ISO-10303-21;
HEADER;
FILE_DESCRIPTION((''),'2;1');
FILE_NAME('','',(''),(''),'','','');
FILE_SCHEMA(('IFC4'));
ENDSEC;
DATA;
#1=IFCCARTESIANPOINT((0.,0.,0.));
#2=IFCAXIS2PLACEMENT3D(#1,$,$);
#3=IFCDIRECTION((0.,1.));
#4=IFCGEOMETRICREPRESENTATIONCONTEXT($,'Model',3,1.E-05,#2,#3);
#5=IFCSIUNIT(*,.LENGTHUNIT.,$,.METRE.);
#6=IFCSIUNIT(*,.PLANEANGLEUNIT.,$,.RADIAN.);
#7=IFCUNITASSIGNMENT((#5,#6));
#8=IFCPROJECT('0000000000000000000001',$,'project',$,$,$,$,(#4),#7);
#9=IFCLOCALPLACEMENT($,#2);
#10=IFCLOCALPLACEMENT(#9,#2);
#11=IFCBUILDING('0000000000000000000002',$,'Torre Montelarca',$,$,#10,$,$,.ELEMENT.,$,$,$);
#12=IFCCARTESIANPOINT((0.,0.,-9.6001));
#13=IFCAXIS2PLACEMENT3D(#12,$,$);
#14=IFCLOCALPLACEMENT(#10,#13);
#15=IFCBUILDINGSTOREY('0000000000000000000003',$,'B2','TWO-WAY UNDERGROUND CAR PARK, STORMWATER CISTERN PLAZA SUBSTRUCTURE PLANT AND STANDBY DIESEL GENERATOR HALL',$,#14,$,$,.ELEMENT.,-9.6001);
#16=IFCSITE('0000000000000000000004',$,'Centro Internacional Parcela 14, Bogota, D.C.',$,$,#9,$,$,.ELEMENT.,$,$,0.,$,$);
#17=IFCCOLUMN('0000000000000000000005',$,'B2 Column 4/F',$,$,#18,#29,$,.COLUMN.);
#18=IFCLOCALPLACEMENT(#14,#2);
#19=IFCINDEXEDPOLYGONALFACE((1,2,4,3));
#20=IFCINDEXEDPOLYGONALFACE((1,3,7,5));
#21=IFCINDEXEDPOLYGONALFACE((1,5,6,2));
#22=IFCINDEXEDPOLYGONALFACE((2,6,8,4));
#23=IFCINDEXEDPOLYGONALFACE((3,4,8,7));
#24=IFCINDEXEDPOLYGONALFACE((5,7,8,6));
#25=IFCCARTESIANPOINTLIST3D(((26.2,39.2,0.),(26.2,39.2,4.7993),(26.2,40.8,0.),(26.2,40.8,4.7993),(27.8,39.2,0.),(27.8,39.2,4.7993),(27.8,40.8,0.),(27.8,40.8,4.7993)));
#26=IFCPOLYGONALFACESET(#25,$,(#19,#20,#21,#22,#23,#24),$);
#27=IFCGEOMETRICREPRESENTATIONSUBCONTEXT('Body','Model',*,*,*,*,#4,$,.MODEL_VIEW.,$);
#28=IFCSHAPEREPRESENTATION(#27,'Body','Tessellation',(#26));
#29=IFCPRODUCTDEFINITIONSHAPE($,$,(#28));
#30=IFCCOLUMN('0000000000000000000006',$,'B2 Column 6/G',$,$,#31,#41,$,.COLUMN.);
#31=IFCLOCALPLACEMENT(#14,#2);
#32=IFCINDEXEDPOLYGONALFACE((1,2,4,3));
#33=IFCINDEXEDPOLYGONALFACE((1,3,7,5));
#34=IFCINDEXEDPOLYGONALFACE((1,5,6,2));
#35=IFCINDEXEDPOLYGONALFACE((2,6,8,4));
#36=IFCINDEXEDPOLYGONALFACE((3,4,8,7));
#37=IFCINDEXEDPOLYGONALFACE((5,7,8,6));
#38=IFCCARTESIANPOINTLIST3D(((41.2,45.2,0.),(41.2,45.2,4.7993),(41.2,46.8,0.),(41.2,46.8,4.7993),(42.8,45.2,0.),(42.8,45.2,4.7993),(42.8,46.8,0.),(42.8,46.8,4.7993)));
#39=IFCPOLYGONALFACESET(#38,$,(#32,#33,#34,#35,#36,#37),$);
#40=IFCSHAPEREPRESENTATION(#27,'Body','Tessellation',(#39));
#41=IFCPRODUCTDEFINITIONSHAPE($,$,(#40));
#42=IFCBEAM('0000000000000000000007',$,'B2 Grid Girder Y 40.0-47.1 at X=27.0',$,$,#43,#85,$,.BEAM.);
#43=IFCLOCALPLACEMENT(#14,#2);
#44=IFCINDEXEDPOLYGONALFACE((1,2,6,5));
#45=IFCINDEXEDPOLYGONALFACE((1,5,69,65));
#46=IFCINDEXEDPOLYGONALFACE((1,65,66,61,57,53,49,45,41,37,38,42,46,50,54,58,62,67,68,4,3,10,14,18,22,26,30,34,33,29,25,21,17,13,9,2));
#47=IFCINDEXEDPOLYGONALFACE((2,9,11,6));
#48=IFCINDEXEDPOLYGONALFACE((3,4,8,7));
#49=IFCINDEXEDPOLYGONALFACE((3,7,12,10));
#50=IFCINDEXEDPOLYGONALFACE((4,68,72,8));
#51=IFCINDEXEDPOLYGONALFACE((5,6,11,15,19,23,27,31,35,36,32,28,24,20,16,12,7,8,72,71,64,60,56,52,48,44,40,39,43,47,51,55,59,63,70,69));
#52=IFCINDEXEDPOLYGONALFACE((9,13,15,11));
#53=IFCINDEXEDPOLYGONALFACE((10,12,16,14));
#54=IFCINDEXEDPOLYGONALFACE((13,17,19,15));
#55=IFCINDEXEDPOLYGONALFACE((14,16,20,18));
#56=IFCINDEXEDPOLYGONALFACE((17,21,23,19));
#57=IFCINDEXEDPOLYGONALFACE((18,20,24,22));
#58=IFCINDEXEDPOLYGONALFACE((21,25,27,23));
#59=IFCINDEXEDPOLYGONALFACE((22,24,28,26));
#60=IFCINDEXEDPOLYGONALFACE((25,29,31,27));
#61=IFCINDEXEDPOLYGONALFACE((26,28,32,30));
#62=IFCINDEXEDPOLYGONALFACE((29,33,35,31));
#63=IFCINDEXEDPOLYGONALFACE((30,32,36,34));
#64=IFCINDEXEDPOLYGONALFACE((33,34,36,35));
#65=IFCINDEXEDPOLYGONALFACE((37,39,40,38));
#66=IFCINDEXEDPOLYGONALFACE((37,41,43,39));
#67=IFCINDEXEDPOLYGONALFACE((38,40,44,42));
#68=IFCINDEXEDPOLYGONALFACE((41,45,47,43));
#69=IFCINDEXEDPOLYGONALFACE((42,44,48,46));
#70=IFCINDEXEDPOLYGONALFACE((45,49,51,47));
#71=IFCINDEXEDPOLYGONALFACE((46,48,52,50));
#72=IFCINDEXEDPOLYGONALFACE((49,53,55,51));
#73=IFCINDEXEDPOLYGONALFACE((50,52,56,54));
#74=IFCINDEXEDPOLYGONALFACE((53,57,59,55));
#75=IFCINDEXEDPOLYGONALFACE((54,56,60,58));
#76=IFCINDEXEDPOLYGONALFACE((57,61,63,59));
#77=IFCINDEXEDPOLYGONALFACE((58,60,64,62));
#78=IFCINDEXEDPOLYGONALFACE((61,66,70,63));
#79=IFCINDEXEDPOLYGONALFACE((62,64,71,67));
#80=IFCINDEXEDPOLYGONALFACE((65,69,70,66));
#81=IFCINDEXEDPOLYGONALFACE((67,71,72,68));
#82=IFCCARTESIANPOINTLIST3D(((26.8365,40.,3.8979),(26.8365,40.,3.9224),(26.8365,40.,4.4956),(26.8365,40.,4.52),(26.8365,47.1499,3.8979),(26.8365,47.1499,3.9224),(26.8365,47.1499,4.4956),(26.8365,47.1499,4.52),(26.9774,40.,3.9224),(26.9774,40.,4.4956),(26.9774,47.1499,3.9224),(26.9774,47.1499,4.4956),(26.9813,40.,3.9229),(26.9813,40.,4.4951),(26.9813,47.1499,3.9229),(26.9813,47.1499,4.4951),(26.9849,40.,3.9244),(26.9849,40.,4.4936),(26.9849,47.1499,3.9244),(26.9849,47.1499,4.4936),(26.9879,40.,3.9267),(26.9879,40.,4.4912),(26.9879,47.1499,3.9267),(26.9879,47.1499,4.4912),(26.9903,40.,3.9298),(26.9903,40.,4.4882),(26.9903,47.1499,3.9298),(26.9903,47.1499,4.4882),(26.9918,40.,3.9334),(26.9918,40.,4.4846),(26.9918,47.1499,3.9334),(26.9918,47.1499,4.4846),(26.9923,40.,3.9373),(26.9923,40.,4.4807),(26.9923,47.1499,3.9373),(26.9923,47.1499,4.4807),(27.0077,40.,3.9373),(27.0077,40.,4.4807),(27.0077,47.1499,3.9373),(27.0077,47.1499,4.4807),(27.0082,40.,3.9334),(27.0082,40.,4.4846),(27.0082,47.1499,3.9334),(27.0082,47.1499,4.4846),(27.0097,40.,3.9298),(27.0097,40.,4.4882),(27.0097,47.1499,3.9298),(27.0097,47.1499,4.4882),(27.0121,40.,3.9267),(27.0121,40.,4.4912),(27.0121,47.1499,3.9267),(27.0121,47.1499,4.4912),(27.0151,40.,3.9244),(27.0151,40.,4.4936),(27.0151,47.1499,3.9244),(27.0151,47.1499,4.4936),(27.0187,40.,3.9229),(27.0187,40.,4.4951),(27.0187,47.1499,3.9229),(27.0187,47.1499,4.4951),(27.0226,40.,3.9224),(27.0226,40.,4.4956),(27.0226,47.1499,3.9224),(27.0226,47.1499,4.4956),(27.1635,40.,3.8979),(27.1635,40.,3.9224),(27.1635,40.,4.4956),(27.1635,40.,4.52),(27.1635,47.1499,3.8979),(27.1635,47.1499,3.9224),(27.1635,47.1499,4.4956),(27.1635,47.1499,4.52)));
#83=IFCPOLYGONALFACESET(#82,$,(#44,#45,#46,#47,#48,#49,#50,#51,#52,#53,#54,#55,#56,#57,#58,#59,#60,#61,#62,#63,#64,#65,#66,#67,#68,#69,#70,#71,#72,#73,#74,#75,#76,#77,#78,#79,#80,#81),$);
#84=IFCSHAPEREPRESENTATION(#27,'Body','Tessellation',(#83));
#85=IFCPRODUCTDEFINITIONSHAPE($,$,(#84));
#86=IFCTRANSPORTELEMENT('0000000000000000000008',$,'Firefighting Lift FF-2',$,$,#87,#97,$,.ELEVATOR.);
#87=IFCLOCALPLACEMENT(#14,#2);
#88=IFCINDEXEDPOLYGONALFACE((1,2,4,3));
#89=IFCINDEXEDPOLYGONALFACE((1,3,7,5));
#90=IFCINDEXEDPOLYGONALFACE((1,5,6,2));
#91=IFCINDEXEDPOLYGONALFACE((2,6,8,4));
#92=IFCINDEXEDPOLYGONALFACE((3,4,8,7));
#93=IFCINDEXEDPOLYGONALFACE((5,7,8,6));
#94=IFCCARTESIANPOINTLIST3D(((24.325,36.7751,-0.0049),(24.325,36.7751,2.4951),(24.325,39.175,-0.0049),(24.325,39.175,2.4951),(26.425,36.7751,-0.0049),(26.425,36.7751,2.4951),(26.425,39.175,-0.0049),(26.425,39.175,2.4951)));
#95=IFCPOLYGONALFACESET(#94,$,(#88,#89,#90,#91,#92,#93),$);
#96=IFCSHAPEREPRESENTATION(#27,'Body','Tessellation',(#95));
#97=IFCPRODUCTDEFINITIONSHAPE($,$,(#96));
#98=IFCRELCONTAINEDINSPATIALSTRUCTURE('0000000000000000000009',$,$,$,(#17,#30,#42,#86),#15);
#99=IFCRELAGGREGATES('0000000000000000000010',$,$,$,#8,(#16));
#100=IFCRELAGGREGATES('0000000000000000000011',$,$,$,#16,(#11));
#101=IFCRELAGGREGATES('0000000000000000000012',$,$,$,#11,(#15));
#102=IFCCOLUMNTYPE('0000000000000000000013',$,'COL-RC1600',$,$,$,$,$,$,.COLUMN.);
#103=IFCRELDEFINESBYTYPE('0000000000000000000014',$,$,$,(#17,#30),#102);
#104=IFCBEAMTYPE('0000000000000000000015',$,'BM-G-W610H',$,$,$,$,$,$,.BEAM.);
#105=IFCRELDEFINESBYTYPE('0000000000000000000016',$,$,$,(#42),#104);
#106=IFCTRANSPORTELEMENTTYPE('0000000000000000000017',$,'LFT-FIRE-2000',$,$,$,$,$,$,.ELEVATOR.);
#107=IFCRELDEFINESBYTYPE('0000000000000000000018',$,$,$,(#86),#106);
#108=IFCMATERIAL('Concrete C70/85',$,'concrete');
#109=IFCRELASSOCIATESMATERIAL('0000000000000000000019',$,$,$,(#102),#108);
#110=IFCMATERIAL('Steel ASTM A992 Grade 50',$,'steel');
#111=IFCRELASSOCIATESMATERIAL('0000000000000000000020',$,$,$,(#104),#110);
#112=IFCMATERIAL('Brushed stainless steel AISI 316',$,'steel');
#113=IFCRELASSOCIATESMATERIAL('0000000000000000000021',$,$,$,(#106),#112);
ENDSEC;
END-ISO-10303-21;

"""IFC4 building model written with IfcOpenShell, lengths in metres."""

from ifc_helpers import new_model, si_unit, direction, frame, origin, origin_2d, place, context, subcontext, project, spatial, rectangle, i_section, extrude, source, transform, mapped, material, material_profile, profile_set, type_object, element, save


model = new_model("IFC4")

# Units and contexts
model_context = context("Model", 3, precision=1e-05, world=origin(), true_north=direction((0.0, 1.0)))
body_context = subcontext(model_context, "Body", "Model", "MODEL_VIEW")
ifc_project = project(units=[si_unit("LENGTHUNIT", "METRE"), si_unit("PLANEANGLEUNIT", "RADIAN")], contexts=[model_context])

# Site, building, storey
site_placement = place(None, origin())
site = spatial("IfcSite", under=ifc_project, at=site_placement, Name="Centro Internacional Parcela 14, Bogota, D.C.", CompositionType="ELEMENT", RefElevation=0.0)
building_placement = place(site_placement, origin())
building = spatial("IfcBuilding", under=site, at=building_placement, Name="Torre Montelarca", CompositionType="ELEMENT")
storey_placement = place(building_placement, frame((0.0, 0.0, -9.6001)))
storey = spatial("IfcBuildingStorey", under=building, at=storey_placement, Name="B2", Description="TWO-WAY UNDERGROUND CAR PARK, STORMWATER CISTERN PLAZA SUBSTRUCTURE PLANT AND STANDBY DIESEL GENERATOR HALL", CompositionType="ELEMENT", Elevation=-9.6001)

# Columns
ifc_material_1 = material(Name="Concrete C70/85", Category="concrete")
ifc_material_profile_1 = material_profile(ifc_material_1, rectangle(XDim=1.6001, YDim=1.6001, at=origin_2d()), Name="RC1600X1600", Category="concrete")
ifc_profile_set_1 = profile_set([ifc_material_profile_1], Name="Concrete C70/85")
column_type_1 = type_object("IfcColumnType", Name="COL-RC1600", PredefinedType="COLUMN", material=ifc_profile_set_1)
shared_shape_1 = source(origin(), body_context, "Body", "SweptSolid", [
    extrude(rectangle(XDim=1.6001, YDim=1.6001, at=origin_2d()), origin(), (0.0, 0.0, 1.0), 4.7993),
])
for number, where, z_axis, x_axis, name in (
    (1, (27.0, 40.0, 0.0), (0.0, 0.0, 1.0), (1.0, 0.0, 0.0), "B2 Column 4/F"),
    (2, (42.0, 46.0, 0.0), (0.0, 0.0, 1.0), (1.0, 0.0, 0.0), "B2 Column 6/G"),
):
    element("IfcColumn", number, at=place(storey_placement, frame(where, z_axis=z_axis, x_axis=x_axis)), inside=storey, type_object=column_type_1, Name=name, PredefinedType="COLUMN", context=body_context, shape_type="MappedRepresentation", body=[
        mapped(shared_shape_1, transform((0.0, 0.0, 0.0), scale=1.0)),
    ])

# Beam
ifc_material_2 = material(Name="Steel ASTM A992 Grade 50", Category="steel")
ifc_material_profile_2 = material_profile(ifc_material_2, i_section(OverallWidth=0.3269, OverallDepth=0.6221, WebThickness=0.0154, FlangeThickness=0.0244, FilletRadius=0.0149, at=origin_2d()), Name="W610X195", Category="steel")
ifc_profile_set_2 = profile_set([ifc_material_profile_2], Name="Steel ASTM A992 Grade 50")
beam_type = type_object("IfcBeamType", Name="BM-G-W610H", PredefinedType="BEAM", material=ifc_profile_set_2)
shared_shape_2 = source(origin(), body_context, "Body", "SweptSolid", [
    extrude(i_section(OverallWidth=0.3269, OverallDepth=0.6221, WebThickness=0.0154, FlangeThickness=0.0244, FilletRadius=0.0149, at=origin_2d()), origin(), (0.0, 0.0, 1.0), 7.1499),
])
beam_placement = place(storey_placement, frame((27.0, 40.0, 4.209), z_axis=(0.0, 1.0, 0.0), x_axis=(-1.0, 0.0, 0.0)))
element("IfcBeam", 3, at=beam_placement, inside=storey, type_object=beam_type, Name="B2 Grid Girder Y 40.0-47.1 at X=27.0", PredefinedType="BEAM", context=body_context, shape_type="MappedRepresentation", body=[
    mapped(shared_shape_2, transform((0.0, 0.0, 0.0), scale=1.0)),
])

# Transport element
ifc_material_3 = material(Name="Brushed stainless steel AISI 316", Category="steel")
transport_element_type = type_object("IfcTransportElementType", Name="LFT-FIRE-2000", PredefinedType="ELEVATOR", material=ifc_material_3)
shared_shape_3 = source(origin(), body_context, "Body", "SweptSolid", [
    extrude(rectangle(XDim=2.1001, YDim=2.3999, at=origin_2d()), origin(), (0.0, 0.0, 1.0), 2.5),
])
transport_element_placement = place(storey_placement, frame((25.375, 37.9751, -0.0049), z_axis=(0.0, 0.0, 1.0), x_axis=(1.0, 0.0, 0.0)))
element("IfcTransportElement", 4, at=transport_element_placement, inside=storey, type_object=transport_element_type, Name="Firefighting Lift FF-2", PredefinedType="ELEVATOR", context=body_context, shape_type="MappedRepresentation", body=[
    mapped(shared_shape_3, transform((0.0, 0.0, 0.0), scale=1.0)),
])

save(model, "model.ifc")
